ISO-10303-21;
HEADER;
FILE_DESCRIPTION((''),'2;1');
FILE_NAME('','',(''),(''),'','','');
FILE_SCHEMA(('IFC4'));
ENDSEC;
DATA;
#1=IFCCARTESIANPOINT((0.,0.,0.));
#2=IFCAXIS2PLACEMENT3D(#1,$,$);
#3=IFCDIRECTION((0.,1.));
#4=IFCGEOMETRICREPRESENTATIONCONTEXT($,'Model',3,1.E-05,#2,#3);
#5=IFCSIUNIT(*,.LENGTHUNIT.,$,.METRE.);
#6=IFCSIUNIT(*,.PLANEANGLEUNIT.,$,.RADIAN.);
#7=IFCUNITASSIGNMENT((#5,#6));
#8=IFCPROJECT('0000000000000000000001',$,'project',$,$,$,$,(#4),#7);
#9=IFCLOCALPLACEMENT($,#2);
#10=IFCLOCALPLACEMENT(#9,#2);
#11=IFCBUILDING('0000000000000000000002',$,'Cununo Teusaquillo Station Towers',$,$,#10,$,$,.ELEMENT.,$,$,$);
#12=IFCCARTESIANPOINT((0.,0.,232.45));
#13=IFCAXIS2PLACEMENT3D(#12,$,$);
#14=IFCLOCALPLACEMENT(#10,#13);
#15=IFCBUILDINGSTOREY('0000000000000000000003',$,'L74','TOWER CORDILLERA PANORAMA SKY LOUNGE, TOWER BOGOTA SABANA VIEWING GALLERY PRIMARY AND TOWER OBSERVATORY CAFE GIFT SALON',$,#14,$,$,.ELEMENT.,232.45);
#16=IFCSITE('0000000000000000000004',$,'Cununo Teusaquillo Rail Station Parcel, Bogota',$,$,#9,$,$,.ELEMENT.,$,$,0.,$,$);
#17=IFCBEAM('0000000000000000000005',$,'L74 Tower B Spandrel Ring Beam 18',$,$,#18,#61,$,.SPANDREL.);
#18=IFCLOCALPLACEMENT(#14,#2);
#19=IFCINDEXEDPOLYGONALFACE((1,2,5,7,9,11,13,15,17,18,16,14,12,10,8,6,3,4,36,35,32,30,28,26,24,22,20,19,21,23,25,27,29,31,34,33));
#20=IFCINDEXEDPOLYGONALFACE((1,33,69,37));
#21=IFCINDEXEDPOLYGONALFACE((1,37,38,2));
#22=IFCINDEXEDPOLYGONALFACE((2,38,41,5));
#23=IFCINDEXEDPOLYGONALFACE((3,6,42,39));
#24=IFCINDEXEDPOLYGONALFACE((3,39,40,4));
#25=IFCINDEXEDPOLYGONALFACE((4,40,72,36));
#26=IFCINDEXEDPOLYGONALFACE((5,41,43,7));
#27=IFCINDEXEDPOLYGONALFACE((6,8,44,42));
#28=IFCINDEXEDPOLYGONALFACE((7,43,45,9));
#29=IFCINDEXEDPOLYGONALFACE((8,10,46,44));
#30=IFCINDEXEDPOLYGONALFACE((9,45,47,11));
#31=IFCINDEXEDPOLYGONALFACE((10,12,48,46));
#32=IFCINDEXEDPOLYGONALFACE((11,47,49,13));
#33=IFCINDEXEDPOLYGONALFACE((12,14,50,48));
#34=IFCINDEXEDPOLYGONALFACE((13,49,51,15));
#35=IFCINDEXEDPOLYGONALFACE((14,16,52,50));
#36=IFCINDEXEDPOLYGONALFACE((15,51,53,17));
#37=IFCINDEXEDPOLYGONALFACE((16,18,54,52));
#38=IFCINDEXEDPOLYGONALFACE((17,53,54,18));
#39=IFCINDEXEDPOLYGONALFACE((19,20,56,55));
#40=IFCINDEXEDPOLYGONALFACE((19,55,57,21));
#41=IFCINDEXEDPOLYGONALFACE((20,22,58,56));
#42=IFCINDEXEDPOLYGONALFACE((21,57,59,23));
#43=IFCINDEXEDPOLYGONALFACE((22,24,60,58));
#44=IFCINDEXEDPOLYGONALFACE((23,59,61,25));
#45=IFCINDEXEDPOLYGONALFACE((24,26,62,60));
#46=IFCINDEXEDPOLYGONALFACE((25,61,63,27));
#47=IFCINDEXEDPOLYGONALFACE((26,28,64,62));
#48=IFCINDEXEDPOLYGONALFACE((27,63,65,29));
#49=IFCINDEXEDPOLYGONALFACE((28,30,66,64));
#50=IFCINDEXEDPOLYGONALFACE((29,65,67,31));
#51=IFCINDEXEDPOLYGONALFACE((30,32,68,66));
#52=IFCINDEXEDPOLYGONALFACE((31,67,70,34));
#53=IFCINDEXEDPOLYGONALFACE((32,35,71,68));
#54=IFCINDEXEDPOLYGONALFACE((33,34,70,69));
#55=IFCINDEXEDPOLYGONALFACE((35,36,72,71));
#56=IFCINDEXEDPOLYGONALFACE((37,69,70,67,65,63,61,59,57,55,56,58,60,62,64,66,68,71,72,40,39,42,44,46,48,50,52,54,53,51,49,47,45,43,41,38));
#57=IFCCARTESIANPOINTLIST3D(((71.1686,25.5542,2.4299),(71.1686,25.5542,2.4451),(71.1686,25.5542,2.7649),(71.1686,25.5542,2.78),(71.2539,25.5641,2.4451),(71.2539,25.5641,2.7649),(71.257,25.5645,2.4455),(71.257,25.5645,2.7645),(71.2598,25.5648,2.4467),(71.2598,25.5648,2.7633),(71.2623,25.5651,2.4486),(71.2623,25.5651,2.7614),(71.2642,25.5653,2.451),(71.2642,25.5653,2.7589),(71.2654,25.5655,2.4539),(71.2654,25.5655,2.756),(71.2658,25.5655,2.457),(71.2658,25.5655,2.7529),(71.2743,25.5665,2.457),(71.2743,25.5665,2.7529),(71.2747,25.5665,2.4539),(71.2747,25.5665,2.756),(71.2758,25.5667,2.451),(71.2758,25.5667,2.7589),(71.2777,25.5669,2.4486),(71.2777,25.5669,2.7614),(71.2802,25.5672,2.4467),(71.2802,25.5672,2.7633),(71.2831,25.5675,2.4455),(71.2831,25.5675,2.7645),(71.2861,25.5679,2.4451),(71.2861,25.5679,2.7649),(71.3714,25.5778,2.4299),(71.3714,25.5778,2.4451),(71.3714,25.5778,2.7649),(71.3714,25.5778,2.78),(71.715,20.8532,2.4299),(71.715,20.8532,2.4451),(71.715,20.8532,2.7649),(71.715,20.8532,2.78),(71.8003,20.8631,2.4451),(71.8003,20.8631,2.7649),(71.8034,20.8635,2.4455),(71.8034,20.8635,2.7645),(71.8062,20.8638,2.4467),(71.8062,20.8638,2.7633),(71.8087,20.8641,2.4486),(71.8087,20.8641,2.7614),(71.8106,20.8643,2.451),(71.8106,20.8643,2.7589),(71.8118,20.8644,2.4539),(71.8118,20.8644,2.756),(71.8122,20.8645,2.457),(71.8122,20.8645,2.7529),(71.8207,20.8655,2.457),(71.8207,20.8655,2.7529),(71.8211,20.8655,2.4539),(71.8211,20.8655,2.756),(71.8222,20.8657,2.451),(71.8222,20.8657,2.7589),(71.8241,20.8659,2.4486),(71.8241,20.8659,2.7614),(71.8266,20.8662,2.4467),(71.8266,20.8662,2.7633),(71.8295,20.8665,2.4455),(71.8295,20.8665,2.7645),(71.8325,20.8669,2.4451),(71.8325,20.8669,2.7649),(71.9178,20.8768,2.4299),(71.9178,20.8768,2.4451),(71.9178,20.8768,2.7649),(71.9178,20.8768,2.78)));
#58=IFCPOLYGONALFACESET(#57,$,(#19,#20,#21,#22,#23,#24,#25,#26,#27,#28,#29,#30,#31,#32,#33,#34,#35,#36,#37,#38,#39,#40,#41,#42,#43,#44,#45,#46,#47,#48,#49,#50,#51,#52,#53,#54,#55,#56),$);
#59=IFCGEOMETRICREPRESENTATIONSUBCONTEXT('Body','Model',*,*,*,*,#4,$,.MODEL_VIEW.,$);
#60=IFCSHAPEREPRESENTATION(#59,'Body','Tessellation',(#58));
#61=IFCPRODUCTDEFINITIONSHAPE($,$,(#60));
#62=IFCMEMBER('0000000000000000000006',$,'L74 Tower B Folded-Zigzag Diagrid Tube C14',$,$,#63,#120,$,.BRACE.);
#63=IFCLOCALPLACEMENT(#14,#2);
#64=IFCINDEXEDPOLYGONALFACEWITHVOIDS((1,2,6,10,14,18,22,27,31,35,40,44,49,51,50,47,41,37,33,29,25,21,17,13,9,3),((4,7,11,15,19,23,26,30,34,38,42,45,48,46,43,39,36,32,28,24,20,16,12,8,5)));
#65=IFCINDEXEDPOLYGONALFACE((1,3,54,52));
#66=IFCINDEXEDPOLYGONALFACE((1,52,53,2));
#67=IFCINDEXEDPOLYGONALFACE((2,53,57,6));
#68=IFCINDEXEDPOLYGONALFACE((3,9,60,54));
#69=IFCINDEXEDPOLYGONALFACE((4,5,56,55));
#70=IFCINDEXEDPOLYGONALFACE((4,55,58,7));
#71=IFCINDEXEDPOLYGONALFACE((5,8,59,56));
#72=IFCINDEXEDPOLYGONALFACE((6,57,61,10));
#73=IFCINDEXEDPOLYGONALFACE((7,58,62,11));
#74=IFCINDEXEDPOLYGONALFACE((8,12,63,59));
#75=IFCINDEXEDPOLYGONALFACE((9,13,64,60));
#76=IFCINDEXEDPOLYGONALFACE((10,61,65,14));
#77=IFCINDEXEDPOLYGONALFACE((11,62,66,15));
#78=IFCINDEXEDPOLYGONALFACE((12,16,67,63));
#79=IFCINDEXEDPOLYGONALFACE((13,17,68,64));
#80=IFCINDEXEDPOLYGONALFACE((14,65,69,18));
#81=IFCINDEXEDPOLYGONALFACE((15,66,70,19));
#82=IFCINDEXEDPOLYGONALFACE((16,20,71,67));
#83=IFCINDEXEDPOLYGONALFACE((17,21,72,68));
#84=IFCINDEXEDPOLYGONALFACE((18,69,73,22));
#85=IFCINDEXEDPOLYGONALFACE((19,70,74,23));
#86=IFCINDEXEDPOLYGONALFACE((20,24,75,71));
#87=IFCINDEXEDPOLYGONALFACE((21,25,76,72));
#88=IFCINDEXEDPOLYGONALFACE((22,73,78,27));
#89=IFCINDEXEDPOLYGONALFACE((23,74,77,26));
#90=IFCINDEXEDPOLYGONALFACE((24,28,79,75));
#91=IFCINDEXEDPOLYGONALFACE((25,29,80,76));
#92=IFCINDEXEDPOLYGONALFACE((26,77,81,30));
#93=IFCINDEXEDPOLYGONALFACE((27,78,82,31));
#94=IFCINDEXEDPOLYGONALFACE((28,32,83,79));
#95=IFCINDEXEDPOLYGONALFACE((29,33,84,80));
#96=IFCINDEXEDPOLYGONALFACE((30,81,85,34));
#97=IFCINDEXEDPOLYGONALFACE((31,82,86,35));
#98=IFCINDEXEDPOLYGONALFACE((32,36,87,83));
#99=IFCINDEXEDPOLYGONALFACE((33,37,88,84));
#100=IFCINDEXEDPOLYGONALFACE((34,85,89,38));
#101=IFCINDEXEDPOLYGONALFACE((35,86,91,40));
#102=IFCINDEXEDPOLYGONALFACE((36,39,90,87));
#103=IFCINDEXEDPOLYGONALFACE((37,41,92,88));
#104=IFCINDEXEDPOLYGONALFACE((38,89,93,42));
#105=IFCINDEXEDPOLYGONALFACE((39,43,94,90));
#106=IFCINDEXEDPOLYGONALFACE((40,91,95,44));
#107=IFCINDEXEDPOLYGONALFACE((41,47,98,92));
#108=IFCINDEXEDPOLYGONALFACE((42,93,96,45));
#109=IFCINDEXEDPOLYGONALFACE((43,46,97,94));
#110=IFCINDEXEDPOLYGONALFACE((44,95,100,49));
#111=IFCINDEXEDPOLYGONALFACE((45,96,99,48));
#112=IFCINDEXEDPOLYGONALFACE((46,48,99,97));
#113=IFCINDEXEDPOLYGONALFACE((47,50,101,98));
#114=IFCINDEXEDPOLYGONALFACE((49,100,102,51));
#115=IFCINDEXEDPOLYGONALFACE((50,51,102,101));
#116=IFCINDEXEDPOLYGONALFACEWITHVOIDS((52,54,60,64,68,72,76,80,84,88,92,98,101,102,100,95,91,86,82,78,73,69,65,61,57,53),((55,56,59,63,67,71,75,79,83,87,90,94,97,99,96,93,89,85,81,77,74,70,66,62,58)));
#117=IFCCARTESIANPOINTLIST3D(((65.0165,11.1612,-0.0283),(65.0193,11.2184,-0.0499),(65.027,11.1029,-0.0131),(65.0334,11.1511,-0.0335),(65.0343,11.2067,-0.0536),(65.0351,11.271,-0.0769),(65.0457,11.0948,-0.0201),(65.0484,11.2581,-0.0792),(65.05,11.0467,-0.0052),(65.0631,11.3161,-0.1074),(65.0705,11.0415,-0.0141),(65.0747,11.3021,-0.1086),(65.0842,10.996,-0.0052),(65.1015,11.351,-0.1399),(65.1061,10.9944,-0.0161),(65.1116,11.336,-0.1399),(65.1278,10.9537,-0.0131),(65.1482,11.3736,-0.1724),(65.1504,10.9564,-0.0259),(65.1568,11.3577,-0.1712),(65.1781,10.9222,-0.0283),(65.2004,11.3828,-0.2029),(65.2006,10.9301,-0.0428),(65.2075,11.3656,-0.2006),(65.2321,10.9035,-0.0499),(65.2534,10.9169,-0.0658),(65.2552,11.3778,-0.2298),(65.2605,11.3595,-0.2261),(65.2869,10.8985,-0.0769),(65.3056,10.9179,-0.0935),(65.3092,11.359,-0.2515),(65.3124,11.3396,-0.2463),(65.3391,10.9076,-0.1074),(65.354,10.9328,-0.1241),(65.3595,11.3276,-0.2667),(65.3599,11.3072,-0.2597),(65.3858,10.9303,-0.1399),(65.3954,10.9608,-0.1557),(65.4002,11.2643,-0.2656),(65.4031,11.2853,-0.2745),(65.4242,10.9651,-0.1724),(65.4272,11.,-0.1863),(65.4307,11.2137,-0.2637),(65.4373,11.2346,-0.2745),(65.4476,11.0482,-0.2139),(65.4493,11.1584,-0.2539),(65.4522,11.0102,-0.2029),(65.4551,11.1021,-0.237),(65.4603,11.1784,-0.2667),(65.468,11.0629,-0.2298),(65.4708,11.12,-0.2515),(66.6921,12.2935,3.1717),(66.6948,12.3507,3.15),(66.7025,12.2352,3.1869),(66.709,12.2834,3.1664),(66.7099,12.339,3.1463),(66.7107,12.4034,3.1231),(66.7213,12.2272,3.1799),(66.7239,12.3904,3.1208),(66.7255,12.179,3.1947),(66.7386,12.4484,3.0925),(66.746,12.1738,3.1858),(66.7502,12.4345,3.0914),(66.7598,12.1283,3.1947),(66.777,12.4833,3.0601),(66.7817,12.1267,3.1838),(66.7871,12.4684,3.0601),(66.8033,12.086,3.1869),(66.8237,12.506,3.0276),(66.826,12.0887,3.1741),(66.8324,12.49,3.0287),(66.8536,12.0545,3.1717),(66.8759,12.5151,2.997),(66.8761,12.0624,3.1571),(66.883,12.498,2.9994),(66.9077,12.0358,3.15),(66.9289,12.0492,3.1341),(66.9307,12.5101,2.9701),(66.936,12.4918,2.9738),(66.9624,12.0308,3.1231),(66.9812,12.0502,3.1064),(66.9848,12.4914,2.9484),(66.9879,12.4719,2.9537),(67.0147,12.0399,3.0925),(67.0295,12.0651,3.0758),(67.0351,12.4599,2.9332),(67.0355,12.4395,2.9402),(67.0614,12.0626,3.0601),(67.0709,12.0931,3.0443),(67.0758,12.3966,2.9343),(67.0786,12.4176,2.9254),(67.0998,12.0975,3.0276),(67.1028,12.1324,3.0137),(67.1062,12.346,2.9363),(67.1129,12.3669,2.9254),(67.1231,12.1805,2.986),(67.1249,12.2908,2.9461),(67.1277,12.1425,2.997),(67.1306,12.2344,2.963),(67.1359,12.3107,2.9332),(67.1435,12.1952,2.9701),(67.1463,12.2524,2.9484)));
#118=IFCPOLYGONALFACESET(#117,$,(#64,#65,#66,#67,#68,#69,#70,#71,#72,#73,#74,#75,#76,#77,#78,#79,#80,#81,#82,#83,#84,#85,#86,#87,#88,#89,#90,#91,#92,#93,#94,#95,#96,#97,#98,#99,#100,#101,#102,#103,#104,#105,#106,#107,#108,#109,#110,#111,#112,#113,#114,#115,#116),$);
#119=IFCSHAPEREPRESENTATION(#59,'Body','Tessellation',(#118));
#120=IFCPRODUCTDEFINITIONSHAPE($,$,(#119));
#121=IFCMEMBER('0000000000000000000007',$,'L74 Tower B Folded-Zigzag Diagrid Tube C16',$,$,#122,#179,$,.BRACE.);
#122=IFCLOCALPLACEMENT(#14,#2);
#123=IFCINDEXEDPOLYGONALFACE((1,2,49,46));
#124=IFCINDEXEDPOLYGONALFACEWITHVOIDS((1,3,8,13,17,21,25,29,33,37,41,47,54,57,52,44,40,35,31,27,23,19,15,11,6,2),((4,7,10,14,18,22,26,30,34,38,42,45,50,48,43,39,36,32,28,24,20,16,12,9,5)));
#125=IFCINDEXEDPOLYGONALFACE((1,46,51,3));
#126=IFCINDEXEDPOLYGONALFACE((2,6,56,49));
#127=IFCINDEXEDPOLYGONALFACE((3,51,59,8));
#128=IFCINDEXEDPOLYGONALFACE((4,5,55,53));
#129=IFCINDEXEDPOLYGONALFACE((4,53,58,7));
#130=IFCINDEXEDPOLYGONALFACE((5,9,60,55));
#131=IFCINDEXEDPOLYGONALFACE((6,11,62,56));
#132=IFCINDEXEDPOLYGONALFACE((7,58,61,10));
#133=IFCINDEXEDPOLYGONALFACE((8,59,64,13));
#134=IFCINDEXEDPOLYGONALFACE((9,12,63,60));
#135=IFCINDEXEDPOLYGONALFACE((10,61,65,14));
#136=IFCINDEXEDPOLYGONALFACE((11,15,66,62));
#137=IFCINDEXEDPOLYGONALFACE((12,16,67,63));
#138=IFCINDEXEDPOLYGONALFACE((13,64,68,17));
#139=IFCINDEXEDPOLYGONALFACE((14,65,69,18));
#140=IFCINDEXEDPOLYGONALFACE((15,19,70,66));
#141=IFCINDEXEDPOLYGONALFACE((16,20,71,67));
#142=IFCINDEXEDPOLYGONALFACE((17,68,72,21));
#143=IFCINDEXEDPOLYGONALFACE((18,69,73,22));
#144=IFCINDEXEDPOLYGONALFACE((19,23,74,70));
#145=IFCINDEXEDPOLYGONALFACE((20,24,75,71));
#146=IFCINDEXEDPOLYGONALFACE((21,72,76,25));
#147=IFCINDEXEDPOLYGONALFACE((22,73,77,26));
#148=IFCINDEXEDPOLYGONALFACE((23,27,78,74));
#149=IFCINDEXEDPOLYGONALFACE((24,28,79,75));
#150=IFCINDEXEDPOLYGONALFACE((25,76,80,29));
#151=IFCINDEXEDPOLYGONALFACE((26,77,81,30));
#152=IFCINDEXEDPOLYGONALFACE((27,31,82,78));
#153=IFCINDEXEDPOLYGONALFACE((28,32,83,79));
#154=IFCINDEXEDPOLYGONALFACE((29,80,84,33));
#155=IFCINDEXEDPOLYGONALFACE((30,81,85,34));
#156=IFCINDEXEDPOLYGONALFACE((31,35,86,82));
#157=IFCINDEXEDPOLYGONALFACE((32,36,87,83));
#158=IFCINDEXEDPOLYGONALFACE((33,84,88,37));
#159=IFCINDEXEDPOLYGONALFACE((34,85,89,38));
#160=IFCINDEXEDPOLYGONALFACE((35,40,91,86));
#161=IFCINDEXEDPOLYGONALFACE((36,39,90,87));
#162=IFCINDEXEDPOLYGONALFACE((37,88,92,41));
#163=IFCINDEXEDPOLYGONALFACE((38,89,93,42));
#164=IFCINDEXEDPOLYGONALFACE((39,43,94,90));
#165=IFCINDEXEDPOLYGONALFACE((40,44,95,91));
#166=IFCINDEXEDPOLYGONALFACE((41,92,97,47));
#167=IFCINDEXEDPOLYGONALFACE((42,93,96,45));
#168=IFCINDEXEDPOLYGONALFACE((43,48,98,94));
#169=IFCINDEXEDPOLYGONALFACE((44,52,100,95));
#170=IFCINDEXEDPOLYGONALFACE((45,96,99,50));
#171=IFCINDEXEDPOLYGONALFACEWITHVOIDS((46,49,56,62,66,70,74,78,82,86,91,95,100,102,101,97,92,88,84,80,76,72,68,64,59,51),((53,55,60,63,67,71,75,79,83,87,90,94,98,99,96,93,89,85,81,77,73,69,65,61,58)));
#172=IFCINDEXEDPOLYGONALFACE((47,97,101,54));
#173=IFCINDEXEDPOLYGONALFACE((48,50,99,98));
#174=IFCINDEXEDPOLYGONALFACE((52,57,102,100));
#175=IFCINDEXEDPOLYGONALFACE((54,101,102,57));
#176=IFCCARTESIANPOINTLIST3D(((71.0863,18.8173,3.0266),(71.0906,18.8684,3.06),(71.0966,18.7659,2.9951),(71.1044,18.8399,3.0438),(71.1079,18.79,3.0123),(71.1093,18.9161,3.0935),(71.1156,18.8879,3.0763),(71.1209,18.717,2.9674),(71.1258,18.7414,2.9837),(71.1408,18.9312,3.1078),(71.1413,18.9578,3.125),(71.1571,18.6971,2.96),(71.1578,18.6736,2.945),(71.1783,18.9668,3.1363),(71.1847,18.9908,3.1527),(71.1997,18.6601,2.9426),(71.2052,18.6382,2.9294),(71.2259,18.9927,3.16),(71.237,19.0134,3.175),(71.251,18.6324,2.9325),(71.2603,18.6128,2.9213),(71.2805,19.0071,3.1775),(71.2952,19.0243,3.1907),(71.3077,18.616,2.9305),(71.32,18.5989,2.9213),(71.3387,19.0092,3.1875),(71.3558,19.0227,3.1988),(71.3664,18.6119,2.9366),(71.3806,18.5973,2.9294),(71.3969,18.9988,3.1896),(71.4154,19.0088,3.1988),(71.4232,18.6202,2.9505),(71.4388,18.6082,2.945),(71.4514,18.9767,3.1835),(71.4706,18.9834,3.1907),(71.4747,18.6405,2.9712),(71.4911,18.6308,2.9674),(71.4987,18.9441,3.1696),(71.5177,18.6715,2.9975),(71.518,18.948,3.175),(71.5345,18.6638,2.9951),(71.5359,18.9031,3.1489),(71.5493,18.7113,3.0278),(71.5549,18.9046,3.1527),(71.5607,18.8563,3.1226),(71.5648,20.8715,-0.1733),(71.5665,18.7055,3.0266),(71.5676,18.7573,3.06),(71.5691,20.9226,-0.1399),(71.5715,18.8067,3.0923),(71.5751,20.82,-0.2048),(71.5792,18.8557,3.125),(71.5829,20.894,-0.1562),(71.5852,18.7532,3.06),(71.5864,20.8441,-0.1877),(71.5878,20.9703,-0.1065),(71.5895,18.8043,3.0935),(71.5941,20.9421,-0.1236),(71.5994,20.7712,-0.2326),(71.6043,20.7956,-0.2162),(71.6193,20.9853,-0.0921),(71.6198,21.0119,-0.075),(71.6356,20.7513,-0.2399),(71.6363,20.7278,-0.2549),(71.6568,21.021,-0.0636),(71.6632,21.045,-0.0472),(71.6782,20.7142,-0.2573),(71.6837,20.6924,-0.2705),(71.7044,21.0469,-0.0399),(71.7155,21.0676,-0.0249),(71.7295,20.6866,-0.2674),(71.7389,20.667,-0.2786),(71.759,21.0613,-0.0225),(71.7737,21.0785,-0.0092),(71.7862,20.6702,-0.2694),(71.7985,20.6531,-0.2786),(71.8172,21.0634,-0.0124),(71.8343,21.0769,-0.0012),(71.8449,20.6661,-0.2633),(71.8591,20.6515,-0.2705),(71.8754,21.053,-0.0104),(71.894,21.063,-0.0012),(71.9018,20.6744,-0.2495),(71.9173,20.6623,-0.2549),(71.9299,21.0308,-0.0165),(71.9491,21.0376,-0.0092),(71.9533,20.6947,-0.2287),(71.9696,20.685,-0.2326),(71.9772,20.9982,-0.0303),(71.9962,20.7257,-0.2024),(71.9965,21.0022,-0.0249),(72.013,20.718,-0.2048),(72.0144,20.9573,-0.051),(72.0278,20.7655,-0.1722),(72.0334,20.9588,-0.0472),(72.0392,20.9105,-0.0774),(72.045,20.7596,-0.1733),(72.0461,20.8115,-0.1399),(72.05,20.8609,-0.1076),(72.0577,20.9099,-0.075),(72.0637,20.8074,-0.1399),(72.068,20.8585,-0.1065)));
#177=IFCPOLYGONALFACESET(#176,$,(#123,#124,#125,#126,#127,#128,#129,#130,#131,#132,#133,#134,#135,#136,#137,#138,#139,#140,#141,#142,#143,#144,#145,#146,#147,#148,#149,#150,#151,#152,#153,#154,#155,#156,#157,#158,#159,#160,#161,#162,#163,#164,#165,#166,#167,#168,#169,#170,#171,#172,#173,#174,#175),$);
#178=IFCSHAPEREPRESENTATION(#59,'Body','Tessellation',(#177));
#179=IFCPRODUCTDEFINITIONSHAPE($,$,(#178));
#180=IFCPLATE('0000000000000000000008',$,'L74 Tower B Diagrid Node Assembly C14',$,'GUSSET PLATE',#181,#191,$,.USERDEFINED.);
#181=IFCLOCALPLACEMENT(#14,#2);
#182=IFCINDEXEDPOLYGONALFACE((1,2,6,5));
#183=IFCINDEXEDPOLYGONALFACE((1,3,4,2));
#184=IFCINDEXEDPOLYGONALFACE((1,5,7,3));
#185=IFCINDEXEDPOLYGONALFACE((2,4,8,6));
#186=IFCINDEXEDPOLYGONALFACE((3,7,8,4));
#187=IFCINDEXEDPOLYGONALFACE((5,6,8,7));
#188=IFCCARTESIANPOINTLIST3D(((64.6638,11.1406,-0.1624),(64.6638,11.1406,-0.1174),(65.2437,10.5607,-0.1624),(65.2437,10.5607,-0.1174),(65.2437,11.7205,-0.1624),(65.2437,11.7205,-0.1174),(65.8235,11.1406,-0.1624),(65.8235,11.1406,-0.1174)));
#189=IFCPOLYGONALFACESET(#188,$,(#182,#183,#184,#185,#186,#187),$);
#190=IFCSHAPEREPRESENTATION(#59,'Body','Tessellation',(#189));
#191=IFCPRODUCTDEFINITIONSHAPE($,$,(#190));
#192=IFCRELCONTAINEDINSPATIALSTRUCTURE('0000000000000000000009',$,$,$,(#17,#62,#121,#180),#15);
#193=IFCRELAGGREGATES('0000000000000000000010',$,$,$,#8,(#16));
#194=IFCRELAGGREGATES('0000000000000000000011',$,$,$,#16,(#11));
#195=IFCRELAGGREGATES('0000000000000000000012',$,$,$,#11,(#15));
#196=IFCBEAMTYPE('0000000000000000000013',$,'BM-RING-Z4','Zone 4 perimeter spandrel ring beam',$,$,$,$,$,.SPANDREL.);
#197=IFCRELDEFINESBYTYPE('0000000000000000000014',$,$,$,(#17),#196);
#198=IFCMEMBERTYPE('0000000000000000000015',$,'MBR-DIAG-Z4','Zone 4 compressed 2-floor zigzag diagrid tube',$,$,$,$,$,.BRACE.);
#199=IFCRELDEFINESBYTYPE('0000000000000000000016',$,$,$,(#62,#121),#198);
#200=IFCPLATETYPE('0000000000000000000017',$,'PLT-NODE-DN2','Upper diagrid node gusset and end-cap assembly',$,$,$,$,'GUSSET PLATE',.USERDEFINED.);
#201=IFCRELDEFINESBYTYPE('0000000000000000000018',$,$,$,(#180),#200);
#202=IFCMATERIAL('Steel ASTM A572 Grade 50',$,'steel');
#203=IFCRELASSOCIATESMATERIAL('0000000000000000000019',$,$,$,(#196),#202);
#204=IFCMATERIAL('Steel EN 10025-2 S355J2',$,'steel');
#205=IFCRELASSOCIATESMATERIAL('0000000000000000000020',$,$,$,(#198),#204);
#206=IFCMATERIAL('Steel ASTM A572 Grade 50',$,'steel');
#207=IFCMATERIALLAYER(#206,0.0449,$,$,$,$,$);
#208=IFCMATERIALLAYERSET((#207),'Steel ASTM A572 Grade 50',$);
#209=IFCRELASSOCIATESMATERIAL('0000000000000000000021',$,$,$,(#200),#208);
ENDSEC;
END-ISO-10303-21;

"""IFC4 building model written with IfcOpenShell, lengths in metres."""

from ifc_helpers import new_model, si_unit, direction, frame, origin, origin_2d, place, context, subcontext, project, spatial, rectangle, hollow_circle, i_section, extrude, source, transform, mapped, material, layer, layer_set, material_profile, profile_set, type_object, element, save


model = new_model("IFC4")

# Units and contexts
model_context = context("Model", 3, precision=1e-05, world=origin(), true_north=direction((0.0, 1.0)))
body_context = subcontext(model_context, "Body", "Model", "MODEL_VIEW")
ifc_project = project(units=[si_unit("LENGTHUNIT", "METRE"), si_unit("PLANEANGLEUNIT", "RADIAN")], contexts=[model_context])

# Site, building, storey
site_placement = place(None, origin())
site = spatial("IfcSite", under=ifc_project, at=site_placement, Name="Cununo Teusaquillo Rail Station Parcel, Bogota", CompositionType="ELEMENT", RefElevation=0.0)
building_placement = place(site_placement, origin())
building = spatial("IfcBuilding", under=site, at=building_placement, Name="Cununo Teusaquillo Station Towers", CompositionType="ELEMENT")
storey_placement = place(building_placement, frame((0.0, 0.0, 232.45)))
storey = spatial("IfcBuildingStorey", under=building, at=storey_placement, Name="L74", Description="TOWER CORDILLERA PANORAMA SKY LOUNGE, TOWER BOGOTA SABANA VIEWING GALLERY PRIMARY AND TOWER OBSERVATORY CAFE GIFT SALON", CompositionType="ELEMENT", Elevation=232.45)

# Beam
ifc_material_1 = material(Name="Steel ASTM A572 Grade 50", Category="steel")
ifc_material_profile_1 = material_profile(ifc_material_1, i_section(OverallWidth=0.2041, OverallDepth=0.3501, WebThickness=0.0085, FlangeThickness=0.0151, FilletRadius=0.012, at=origin_2d()), Name="W14X48")
ifc_profile_set_1 = profile_set([ifc_material_profile_1], Name="Steel ASTM A572 Grade 50")
beam_type_1 = type_object("IfcBeamType", Name="BM-RING-Z4", Description="Zone 4 perimeter spandrel ring beam", PredefinedType="SPANDREL", material=ifc_profile_set_1)
beam_1_placement = place(storey_placement, frame((71.8164, 20.865, 2.605), z_axis=(-0.115452, 0.993313, 0.0), x_axis=(-0.993313, -0.115452, 0.0)))
element("IfcBeam", 1, at=beam_1_placement, inside=storey, type_object=beam_type_1, Name="L74 Tower B Spandrel Ring Beam 18", PredefinedType="SPANDREL", context=body_context, shape_type="SweptSolid", body=[
    extrude(i_section(OverallWidth=0.2041, OverallDepth=0.3501, WebThickness=0.0085, FlangeThickness=0.0151, FilletRadius=0.012, at=origin_2d()), origin(), (0.0, 0.0, 1.0), 4.7327),
])

# Members
ifc_material_2 = material(Name="Steel EN 10025-2 S355J2", Category="steel")
ifc_material_profile_2 = material_profile(ifc_material_2, hollow_circle(Radius=0.2539, WallThickness=0.0181, at=origin_2d()), Name="CHS 508x18")
ifc_profile_set_2 = profile_set([ifc_material_profile_2], Name="Steel EN 10025-2 S355J2")
member_type = type_object("IfcMemberType", Name="MBR-DIAG-Z4", Description="Zone 4 compressed 2-floor zigzag diagrid tube", PredefinedType="BRACE", material=ifc_profile_set_2)
member_1_placement = place(storey_placement, frame((65.2437, 11.1406, -0.1399), z_axis=(0.442631, 0.299129, 0.84534), x_axis=(-0.559927, 0.828542, 0.0)))
element("IfcMember", 2, at=member_1_placement, inside=storey, type_object=member_type, Name="L74 Tower B Folded-Zigzag Diagrid Tube C14", PredefinedType="BRACE", context=body_context, shape_type="SweptSolid", body=[
    extrude(hollow_circle(Radius=0.2539, WallThickness=0.0181, at=origin_2d()), origin(), (0.0, 0.0, 1.0), 3.7854),
])
member_2_placement = place(storey_placement, frame((71.8164, 20.865, -0.1399), z_axis=(-0.124856, -0.535988, 0.834942), x_axis=(0.973925, -0.226871, 0.0)))
element("IfcMember", 3, at=member_2_placement, inside=storey, type_object=member_type, Name="L74 Tower B Folded-Zigzag Diagrid Tube C16", PredefinedType="BRACE", context=body_context, shape_type="SweptSolid", body=[
    extrude(hollow_circle(Radius=0.2539, WallThickness=0.0181, at=origin_2d()), origin(), (0.0, 0.0, 1.0), 3.8325),
])

# Plate
ifc_material_3 = material(Name="Steel ASTM A572 Grade 50", Category="steel")
ifc_layer_1 = layer(ifc_material_3, 0.0449)
ifc_layer_set_1 = layer_set([ifc_layer_1], Name="Steel ASTM A572 Grade 50")
plate_type = type_object("IfcPlateType", Name="PLT-NODE-DN2", Description="Upper diagrid node gusset and end-cap assembly", ElementType="GUSSET PLATE", PredefinedType="USERDEFINED", material=ifc_layer_set_1)
shared_shape_1 = source(origin(), body_context, "Body", "SweptSolid", [
    extrude(rectangle(XDim=0.8201, YDim=0.8201, at=origin_2d()), origin(), (0.0, 0.0, 1.0), 0.0449),
])
for number, where, z_axis, x_axis, name in (
    (4, (65.2437, 11.1406, -0.1624), (0.0, 0.0, 1.0), (0.707107, 0.707107, 0.0), "L74 Tower B Diagrid Node Assembly C14"),
):
    element("IfcPlate", number, at=place(storey_placement, frame(where, z_axis=z_axis, x_axis=x_axis)), inside=storey, type_object=plate_type, Name=name, ObjectType="GUSSET PLATE", PredefinedType="USERDEFINED", context=body_context, shape_type="MappedRepresentation", body=[
        mapped(shared_shape_1, transform((0.0, 0.0, 0.0), x_axis=(1.0, 0.0, 0.0), y_axis=(0.0, 1.0, 0.0), z_axis=(0.0, 0.0, 1.0), scale=1.0)),
    ])

save(model, "model.ifc")
